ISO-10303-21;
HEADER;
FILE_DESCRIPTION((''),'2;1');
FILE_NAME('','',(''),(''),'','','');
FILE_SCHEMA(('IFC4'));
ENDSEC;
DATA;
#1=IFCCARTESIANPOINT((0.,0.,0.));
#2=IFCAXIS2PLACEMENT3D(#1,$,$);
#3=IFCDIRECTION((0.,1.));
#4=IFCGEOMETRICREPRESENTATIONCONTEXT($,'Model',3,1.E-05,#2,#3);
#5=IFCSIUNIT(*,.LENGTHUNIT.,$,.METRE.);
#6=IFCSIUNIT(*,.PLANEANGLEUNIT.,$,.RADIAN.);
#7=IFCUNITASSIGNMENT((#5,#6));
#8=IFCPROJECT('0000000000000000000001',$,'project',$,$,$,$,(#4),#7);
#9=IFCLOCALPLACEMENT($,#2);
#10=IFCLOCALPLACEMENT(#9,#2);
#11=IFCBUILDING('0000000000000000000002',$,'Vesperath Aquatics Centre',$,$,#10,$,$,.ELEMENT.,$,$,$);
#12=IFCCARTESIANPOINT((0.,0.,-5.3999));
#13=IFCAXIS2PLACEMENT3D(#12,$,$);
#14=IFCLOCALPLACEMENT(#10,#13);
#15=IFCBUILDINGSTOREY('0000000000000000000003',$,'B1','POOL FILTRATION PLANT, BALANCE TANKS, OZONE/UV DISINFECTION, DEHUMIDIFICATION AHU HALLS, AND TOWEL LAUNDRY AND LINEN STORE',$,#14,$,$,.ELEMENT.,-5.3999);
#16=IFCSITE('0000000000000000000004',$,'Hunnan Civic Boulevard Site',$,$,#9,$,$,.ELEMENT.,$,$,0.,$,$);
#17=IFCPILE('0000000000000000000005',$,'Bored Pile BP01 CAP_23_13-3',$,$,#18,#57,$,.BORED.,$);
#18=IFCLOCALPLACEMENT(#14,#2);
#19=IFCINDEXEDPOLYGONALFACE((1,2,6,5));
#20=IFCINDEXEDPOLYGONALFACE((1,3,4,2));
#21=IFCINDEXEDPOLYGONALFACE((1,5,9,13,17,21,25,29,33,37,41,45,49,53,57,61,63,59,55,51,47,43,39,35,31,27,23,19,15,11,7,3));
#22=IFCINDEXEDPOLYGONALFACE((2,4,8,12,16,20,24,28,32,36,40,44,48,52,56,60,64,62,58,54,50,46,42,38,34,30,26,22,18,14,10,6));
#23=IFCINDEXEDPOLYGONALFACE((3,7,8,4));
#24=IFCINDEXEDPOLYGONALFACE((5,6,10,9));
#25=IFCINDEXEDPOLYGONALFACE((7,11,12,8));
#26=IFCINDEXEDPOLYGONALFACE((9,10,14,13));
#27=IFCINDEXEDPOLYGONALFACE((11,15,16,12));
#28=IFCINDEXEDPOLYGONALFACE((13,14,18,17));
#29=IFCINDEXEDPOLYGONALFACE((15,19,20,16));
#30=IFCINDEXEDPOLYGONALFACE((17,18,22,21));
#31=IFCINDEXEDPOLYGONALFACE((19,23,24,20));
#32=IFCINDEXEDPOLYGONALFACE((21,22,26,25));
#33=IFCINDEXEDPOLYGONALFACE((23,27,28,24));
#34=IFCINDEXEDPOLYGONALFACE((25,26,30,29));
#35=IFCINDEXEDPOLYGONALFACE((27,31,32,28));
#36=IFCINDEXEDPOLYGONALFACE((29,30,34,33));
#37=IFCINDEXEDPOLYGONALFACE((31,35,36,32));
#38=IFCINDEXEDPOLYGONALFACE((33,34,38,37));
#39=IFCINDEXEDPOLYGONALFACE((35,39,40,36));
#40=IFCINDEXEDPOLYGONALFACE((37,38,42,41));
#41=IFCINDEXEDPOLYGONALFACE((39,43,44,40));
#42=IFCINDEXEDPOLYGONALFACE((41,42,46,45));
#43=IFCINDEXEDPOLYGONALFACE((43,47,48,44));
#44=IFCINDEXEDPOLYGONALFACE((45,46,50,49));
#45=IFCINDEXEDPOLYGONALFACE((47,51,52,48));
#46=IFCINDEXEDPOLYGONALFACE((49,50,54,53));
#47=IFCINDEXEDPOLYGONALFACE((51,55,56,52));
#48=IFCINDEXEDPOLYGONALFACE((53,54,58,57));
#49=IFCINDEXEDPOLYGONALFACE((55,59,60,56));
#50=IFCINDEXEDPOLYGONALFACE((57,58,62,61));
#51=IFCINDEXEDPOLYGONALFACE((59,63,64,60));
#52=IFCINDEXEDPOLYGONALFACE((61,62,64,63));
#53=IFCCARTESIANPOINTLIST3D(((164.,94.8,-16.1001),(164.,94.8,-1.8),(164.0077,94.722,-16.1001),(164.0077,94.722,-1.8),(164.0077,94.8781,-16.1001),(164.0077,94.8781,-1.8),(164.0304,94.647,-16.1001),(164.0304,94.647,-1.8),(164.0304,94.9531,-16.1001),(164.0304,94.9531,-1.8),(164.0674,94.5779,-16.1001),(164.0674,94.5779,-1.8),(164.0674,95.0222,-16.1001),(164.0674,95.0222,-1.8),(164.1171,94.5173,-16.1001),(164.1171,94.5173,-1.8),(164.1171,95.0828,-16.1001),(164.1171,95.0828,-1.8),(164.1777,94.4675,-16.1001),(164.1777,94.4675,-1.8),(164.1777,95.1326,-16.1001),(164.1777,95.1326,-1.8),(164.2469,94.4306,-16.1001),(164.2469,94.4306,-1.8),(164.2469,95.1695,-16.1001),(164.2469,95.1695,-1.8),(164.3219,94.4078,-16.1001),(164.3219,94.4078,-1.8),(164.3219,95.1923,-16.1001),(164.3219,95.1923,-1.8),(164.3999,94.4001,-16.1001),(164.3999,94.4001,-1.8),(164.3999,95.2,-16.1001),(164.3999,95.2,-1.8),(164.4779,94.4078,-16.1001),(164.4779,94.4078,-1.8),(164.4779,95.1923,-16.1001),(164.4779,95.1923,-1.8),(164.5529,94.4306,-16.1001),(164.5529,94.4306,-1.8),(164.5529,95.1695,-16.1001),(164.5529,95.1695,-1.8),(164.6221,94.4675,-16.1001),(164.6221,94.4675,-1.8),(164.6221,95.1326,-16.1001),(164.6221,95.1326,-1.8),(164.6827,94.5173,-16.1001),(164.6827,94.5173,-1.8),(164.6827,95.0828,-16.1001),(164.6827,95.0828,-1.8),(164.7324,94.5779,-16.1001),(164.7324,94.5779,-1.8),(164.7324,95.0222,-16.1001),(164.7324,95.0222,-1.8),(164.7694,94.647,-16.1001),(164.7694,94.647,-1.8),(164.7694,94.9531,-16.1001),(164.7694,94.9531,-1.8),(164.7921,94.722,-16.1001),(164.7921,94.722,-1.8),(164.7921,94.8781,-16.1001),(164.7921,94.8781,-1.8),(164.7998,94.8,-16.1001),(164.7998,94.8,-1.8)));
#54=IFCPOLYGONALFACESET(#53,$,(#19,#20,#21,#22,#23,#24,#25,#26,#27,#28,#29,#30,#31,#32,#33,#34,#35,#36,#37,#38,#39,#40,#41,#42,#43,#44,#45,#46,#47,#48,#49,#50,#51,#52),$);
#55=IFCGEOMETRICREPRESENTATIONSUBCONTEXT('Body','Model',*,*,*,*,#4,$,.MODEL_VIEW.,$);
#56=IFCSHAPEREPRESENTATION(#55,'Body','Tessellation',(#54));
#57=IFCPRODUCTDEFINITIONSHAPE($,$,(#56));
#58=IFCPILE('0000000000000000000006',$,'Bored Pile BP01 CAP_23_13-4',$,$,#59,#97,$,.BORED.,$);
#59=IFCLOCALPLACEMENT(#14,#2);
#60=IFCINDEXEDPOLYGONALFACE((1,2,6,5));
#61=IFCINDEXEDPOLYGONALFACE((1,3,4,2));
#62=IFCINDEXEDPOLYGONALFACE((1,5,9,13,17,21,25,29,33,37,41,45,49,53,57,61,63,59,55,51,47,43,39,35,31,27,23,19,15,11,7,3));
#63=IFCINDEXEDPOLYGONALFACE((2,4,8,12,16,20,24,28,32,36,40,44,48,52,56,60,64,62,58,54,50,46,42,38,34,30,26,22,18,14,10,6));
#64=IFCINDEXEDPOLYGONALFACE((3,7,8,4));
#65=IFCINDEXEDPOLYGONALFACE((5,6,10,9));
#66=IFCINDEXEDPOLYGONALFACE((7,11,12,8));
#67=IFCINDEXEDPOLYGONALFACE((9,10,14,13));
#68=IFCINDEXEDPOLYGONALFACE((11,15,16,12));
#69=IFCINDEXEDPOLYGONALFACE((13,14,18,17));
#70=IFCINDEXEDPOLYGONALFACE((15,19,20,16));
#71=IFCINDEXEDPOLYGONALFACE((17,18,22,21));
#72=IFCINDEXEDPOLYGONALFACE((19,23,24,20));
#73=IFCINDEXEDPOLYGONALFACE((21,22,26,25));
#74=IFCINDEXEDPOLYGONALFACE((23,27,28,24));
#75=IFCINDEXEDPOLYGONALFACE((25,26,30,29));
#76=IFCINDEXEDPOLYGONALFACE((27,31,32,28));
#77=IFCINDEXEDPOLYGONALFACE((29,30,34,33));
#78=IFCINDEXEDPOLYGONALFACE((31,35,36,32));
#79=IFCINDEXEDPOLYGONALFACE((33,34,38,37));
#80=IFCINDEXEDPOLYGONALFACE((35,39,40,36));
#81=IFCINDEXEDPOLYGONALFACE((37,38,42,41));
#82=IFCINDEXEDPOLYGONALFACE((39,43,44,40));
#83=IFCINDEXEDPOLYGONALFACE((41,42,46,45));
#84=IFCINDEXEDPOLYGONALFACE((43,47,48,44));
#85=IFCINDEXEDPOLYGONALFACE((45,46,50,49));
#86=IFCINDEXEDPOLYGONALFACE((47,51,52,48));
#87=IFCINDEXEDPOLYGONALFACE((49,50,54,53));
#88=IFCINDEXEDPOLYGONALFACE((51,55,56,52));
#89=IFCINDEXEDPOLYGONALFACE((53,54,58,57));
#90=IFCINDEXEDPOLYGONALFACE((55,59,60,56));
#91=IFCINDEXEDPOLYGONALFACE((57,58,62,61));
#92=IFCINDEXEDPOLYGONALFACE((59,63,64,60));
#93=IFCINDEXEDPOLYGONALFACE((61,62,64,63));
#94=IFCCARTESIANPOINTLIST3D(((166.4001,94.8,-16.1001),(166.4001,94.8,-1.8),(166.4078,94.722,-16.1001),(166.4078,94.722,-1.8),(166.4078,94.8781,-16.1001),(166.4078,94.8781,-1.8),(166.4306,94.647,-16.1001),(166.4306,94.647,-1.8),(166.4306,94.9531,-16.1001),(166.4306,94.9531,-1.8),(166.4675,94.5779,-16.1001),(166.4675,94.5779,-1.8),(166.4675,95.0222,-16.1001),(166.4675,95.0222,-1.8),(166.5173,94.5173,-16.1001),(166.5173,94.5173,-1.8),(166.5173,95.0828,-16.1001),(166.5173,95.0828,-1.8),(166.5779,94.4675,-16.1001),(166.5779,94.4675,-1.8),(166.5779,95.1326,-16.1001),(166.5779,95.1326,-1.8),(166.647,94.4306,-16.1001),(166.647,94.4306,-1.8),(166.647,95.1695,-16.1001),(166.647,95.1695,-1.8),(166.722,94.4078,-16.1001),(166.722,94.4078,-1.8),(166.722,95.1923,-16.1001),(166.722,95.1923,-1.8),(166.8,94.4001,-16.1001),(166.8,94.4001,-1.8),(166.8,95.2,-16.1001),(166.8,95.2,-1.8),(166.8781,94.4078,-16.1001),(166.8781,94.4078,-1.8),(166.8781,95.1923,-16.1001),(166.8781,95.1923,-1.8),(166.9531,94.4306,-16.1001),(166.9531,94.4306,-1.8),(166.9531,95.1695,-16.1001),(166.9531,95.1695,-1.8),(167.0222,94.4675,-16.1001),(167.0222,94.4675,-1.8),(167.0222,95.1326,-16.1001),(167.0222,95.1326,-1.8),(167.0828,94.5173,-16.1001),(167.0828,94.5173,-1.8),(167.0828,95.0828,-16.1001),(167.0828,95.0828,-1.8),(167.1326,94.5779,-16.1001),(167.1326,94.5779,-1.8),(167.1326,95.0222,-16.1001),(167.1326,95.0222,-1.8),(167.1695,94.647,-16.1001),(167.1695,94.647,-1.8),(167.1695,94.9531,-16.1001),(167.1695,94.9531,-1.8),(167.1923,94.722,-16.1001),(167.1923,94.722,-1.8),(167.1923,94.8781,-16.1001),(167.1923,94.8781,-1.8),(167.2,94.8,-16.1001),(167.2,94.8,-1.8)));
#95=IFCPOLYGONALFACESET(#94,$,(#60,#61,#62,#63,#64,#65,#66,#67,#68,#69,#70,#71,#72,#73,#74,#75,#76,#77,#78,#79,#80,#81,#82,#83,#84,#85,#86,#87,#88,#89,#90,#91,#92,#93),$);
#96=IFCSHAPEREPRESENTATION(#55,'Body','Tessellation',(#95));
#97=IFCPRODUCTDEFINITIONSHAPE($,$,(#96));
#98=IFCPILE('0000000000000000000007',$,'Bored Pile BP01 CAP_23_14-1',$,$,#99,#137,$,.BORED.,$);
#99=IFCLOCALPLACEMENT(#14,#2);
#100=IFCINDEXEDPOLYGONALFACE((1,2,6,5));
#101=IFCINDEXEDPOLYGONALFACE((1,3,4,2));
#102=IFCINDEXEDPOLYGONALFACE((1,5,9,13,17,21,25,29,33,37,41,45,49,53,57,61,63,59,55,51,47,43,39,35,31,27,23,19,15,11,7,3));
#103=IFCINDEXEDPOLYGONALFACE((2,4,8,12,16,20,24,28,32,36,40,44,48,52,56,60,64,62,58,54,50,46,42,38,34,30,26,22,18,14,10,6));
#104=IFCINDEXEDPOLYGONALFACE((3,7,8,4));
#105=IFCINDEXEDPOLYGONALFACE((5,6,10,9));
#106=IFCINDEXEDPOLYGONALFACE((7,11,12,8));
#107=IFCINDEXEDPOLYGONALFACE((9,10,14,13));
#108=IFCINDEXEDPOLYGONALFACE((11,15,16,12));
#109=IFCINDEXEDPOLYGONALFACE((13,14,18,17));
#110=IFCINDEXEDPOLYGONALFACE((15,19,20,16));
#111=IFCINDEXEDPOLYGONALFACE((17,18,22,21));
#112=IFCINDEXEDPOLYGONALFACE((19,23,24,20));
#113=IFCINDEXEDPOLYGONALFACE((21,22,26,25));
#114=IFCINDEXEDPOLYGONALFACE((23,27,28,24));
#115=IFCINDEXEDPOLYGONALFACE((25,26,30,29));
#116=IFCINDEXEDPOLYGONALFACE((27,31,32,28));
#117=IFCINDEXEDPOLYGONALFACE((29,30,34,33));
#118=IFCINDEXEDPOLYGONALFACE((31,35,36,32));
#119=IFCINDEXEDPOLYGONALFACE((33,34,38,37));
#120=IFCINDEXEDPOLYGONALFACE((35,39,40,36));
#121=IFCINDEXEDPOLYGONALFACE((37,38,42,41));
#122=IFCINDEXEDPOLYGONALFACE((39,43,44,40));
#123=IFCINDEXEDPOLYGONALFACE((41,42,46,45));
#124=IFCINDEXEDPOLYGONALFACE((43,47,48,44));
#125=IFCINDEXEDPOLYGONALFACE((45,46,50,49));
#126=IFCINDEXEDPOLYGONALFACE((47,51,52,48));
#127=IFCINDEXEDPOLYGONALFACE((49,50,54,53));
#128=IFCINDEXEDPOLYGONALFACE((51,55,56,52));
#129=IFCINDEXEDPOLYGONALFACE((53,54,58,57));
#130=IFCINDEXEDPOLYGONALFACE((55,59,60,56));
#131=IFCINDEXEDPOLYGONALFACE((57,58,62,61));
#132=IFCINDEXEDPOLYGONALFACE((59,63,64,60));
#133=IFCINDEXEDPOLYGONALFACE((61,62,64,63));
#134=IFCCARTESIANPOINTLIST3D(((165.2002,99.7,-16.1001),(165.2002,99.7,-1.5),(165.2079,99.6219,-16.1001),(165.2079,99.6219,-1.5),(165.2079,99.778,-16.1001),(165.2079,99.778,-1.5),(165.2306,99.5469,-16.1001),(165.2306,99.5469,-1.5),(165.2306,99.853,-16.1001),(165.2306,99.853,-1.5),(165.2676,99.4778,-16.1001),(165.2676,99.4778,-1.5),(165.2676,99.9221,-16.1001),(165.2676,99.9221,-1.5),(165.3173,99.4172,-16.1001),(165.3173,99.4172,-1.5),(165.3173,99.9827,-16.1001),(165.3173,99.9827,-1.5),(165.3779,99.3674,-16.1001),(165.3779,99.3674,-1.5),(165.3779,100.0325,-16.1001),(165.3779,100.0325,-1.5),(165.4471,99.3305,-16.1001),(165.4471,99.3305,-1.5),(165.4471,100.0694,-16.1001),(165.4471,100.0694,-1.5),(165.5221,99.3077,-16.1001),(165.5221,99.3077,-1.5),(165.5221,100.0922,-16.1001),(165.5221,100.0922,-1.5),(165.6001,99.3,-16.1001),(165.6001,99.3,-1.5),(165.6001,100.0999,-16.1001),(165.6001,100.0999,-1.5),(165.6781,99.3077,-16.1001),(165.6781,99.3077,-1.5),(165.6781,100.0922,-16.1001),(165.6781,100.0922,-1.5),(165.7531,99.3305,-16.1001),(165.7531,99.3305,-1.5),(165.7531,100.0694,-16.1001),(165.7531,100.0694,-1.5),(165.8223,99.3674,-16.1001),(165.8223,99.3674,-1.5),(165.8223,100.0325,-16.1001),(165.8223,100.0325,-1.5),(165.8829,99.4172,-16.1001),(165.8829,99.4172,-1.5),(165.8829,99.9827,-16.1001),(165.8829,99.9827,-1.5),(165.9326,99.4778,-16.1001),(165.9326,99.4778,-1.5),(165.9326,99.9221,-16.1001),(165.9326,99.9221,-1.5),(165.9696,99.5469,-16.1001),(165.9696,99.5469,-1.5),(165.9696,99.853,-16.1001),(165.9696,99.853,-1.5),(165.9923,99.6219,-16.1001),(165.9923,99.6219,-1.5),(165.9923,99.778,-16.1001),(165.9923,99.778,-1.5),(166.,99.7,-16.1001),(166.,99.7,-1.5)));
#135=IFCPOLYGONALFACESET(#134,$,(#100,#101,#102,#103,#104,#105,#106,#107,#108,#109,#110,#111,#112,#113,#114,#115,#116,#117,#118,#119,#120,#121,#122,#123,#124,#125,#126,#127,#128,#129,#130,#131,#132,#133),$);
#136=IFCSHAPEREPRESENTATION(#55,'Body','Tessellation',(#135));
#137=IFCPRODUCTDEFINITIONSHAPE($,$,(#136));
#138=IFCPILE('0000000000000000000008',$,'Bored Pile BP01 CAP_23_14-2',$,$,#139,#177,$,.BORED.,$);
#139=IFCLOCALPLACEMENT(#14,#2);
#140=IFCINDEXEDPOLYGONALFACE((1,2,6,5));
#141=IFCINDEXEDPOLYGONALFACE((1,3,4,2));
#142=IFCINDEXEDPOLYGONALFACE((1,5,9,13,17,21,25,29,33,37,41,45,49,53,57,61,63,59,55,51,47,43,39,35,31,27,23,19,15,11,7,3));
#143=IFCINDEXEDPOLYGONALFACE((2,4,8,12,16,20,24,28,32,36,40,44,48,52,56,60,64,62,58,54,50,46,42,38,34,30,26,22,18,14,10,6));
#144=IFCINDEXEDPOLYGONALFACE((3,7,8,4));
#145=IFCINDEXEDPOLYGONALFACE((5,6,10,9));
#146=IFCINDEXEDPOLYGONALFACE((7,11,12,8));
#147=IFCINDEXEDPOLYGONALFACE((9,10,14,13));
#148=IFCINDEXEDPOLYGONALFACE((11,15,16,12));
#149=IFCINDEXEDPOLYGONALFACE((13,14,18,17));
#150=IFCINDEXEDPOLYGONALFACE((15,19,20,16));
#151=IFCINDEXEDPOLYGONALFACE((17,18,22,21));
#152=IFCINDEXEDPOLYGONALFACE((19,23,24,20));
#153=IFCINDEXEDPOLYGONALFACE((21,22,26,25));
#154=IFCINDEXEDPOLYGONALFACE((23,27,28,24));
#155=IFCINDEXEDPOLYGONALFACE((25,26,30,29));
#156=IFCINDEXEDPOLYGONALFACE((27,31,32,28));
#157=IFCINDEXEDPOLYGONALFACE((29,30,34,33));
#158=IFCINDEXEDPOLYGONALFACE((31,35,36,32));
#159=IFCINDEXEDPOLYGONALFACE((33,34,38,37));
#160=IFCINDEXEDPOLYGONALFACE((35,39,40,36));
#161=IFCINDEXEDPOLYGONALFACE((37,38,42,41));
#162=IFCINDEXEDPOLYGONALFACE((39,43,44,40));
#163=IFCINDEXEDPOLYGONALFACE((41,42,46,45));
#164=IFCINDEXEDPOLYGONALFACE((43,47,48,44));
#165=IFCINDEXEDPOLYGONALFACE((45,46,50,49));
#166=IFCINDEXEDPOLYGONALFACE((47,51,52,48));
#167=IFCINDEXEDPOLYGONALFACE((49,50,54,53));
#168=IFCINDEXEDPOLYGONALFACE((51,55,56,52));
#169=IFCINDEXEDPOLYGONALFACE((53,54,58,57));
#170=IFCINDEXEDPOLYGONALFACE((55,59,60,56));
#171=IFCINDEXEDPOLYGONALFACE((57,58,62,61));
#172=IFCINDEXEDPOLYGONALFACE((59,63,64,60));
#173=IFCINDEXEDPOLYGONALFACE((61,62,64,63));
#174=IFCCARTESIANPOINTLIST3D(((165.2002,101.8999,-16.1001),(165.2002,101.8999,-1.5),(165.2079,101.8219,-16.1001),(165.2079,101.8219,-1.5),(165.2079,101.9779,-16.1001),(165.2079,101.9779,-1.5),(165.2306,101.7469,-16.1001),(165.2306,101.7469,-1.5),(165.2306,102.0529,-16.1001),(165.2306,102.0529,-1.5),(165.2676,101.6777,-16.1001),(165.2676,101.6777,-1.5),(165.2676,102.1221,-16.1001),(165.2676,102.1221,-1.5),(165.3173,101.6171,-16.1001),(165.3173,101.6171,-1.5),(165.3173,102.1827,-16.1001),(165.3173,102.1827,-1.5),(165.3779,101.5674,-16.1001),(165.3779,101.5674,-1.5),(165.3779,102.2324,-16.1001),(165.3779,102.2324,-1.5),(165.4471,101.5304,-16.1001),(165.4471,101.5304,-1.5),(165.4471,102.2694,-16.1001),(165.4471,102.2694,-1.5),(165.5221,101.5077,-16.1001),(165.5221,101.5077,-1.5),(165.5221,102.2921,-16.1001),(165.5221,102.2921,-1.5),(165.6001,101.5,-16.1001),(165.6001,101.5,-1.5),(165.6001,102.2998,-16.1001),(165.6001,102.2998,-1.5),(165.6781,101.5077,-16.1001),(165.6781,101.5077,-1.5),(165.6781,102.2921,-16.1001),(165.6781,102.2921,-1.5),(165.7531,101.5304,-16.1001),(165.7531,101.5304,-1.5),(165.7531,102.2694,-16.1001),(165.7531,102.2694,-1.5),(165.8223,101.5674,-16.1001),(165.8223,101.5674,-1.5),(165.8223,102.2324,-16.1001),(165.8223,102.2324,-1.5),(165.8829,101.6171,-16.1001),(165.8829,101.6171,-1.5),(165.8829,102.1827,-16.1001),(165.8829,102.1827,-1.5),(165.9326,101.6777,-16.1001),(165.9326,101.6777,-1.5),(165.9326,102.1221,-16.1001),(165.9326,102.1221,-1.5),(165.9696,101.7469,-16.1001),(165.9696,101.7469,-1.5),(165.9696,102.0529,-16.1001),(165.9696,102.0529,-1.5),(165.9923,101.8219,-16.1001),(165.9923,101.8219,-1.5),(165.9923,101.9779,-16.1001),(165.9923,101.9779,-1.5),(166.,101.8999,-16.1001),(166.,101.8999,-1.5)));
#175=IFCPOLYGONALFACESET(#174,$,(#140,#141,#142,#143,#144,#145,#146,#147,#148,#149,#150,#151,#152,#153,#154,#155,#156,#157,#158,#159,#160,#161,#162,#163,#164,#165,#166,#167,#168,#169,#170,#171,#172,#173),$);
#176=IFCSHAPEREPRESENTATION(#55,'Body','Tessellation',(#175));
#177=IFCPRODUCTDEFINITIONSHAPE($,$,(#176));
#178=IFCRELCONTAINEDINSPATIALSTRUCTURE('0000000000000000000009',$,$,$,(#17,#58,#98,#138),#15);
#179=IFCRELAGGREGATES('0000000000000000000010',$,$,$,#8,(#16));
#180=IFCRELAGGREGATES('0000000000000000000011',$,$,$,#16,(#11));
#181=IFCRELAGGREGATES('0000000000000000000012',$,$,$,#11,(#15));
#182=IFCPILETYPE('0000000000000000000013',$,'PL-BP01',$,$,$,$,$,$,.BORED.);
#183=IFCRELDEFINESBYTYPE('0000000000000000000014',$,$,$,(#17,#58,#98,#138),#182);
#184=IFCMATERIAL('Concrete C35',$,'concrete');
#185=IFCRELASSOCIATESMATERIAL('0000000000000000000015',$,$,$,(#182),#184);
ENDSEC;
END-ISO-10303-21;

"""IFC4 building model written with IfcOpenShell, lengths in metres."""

from ifc_helpers import new_model, si_unit, direction, frame, origin, origin_2d, place, context, subcontext, project, spatial, circle, extrude, material, material_profile, profile_set, type_object, element, save


model = new_model("IFC4")

# Units and contexts
model_context = context("Model", 3, precision=1e-05, world=origin(), true_north=direction((0.0, 1.0)))
body_context = subcontext(model_context, "Body", "Model", "MODEL_VIEW")
ifc_project = project(units=[si_unit("LENGTHUNIT", "METRE"), si_unit("PLANEANGLEUNIT", "RADIAN")], contexts=[model_context])

# Site, building, storey
site_placement = place(None, origin())
site = spatial("IfcSite", under=ifc_project, at=site_placement, Name="Hunnan Civic Boulevard Site", CompositionType="ELEMENT", RefElevation=0.0)
building_placement = place(site_placement, origin())
building = spatial("IfcBuilding", under=site, at=building_placement, Name="Vesperath Aquatics Centre", CompositionType="ELEMENT")
storey_placement = place(building_placement, frame((0.0, 0.0, -5.3999)))
storey = spatial("IfcBuildingStorey", under=building, at=storey_placement, Name="B1", Description="POOL FILTRATION PLANT, BALANCE TANKS, OZONE/UV DISINFECTION, DEHUMIDIFICATION AHU HALLS, AND TOWEL LAUNDRY AND LINEN STORE", CompositionType="ELEMENT", Elevation=-5.3999)

# Piles
ifc_material_1 = material(Name="Concrete C35", Category="concrete")
ifc_material_profile_1 = material_profile(ifc_material_1, circle(Radius=0.3999, at=origin_2d()), Name="PILE D800")
ifc_profile_set_1 = profile_set([ifc_material_profile_1], Name="Concrete C35")
pile_type = type_object("IfcPileType", Name="PL-BP01", PredefinedType="BORED", material=ifc_profile_set_1)
for number, where, z_axis, x_axis, name in (
    (1, (164.3999, 94.8, -1.8), (0.0, 0.0, -1.0), (1.0, 0.0, 0.0), "Bored Pile BP01 CAP_23_13-3"),
    (2, (166.8, 94.8, -1.8), (0.0, 0.0, -1.0), (1.0, 0.0, 0.0), "Bored Pile BP01 CAP_23_13-4"),
):
    element("IfcPile", number, at=place(storey_placement, frame(where, z_axis=z_axis, x_axis=x_axis)), inside=storey, type_object=pile_type, Name=name, PredefinedType="BORED", context=body_context, shape_type="SweptSolid", body=[
        extrude(circle(Radius=0.3999, at=origin_2d()), origin(), (0.0, 0.0, 1.0), 14.3),
    ])
for number, where, z_axis, x_axis, name in (
    (3, (165.6001, 99.7, -1.5), (0.0, 0.0, -1.0), (1.0, 0.0, 0.0), "Bored Pile BP01 CAP_23_14-1"),
    (4, (165.6001, 101.8999, -1.5), (0.0, 0.0, -1.0), (1.0, 0.0, 0.0), "Bored Pile BP01 CAP_23_14-2"),
):
    element("IfcPile", number, at=place(storey_placement, frame(where, z_axis=z_axis, x_axis=x_axis)), inside=storey, type_object=pile_type, Name=name, PredefinedType="BORED", context=body_context, shape_type="SweptSolid", body=[
        extrude(circle(Radius=0.3999, at=origin_2d()), origin(), (0.0, 0.0, 1.0), 14.6001),
    ])

save(model, "model.ifc")
